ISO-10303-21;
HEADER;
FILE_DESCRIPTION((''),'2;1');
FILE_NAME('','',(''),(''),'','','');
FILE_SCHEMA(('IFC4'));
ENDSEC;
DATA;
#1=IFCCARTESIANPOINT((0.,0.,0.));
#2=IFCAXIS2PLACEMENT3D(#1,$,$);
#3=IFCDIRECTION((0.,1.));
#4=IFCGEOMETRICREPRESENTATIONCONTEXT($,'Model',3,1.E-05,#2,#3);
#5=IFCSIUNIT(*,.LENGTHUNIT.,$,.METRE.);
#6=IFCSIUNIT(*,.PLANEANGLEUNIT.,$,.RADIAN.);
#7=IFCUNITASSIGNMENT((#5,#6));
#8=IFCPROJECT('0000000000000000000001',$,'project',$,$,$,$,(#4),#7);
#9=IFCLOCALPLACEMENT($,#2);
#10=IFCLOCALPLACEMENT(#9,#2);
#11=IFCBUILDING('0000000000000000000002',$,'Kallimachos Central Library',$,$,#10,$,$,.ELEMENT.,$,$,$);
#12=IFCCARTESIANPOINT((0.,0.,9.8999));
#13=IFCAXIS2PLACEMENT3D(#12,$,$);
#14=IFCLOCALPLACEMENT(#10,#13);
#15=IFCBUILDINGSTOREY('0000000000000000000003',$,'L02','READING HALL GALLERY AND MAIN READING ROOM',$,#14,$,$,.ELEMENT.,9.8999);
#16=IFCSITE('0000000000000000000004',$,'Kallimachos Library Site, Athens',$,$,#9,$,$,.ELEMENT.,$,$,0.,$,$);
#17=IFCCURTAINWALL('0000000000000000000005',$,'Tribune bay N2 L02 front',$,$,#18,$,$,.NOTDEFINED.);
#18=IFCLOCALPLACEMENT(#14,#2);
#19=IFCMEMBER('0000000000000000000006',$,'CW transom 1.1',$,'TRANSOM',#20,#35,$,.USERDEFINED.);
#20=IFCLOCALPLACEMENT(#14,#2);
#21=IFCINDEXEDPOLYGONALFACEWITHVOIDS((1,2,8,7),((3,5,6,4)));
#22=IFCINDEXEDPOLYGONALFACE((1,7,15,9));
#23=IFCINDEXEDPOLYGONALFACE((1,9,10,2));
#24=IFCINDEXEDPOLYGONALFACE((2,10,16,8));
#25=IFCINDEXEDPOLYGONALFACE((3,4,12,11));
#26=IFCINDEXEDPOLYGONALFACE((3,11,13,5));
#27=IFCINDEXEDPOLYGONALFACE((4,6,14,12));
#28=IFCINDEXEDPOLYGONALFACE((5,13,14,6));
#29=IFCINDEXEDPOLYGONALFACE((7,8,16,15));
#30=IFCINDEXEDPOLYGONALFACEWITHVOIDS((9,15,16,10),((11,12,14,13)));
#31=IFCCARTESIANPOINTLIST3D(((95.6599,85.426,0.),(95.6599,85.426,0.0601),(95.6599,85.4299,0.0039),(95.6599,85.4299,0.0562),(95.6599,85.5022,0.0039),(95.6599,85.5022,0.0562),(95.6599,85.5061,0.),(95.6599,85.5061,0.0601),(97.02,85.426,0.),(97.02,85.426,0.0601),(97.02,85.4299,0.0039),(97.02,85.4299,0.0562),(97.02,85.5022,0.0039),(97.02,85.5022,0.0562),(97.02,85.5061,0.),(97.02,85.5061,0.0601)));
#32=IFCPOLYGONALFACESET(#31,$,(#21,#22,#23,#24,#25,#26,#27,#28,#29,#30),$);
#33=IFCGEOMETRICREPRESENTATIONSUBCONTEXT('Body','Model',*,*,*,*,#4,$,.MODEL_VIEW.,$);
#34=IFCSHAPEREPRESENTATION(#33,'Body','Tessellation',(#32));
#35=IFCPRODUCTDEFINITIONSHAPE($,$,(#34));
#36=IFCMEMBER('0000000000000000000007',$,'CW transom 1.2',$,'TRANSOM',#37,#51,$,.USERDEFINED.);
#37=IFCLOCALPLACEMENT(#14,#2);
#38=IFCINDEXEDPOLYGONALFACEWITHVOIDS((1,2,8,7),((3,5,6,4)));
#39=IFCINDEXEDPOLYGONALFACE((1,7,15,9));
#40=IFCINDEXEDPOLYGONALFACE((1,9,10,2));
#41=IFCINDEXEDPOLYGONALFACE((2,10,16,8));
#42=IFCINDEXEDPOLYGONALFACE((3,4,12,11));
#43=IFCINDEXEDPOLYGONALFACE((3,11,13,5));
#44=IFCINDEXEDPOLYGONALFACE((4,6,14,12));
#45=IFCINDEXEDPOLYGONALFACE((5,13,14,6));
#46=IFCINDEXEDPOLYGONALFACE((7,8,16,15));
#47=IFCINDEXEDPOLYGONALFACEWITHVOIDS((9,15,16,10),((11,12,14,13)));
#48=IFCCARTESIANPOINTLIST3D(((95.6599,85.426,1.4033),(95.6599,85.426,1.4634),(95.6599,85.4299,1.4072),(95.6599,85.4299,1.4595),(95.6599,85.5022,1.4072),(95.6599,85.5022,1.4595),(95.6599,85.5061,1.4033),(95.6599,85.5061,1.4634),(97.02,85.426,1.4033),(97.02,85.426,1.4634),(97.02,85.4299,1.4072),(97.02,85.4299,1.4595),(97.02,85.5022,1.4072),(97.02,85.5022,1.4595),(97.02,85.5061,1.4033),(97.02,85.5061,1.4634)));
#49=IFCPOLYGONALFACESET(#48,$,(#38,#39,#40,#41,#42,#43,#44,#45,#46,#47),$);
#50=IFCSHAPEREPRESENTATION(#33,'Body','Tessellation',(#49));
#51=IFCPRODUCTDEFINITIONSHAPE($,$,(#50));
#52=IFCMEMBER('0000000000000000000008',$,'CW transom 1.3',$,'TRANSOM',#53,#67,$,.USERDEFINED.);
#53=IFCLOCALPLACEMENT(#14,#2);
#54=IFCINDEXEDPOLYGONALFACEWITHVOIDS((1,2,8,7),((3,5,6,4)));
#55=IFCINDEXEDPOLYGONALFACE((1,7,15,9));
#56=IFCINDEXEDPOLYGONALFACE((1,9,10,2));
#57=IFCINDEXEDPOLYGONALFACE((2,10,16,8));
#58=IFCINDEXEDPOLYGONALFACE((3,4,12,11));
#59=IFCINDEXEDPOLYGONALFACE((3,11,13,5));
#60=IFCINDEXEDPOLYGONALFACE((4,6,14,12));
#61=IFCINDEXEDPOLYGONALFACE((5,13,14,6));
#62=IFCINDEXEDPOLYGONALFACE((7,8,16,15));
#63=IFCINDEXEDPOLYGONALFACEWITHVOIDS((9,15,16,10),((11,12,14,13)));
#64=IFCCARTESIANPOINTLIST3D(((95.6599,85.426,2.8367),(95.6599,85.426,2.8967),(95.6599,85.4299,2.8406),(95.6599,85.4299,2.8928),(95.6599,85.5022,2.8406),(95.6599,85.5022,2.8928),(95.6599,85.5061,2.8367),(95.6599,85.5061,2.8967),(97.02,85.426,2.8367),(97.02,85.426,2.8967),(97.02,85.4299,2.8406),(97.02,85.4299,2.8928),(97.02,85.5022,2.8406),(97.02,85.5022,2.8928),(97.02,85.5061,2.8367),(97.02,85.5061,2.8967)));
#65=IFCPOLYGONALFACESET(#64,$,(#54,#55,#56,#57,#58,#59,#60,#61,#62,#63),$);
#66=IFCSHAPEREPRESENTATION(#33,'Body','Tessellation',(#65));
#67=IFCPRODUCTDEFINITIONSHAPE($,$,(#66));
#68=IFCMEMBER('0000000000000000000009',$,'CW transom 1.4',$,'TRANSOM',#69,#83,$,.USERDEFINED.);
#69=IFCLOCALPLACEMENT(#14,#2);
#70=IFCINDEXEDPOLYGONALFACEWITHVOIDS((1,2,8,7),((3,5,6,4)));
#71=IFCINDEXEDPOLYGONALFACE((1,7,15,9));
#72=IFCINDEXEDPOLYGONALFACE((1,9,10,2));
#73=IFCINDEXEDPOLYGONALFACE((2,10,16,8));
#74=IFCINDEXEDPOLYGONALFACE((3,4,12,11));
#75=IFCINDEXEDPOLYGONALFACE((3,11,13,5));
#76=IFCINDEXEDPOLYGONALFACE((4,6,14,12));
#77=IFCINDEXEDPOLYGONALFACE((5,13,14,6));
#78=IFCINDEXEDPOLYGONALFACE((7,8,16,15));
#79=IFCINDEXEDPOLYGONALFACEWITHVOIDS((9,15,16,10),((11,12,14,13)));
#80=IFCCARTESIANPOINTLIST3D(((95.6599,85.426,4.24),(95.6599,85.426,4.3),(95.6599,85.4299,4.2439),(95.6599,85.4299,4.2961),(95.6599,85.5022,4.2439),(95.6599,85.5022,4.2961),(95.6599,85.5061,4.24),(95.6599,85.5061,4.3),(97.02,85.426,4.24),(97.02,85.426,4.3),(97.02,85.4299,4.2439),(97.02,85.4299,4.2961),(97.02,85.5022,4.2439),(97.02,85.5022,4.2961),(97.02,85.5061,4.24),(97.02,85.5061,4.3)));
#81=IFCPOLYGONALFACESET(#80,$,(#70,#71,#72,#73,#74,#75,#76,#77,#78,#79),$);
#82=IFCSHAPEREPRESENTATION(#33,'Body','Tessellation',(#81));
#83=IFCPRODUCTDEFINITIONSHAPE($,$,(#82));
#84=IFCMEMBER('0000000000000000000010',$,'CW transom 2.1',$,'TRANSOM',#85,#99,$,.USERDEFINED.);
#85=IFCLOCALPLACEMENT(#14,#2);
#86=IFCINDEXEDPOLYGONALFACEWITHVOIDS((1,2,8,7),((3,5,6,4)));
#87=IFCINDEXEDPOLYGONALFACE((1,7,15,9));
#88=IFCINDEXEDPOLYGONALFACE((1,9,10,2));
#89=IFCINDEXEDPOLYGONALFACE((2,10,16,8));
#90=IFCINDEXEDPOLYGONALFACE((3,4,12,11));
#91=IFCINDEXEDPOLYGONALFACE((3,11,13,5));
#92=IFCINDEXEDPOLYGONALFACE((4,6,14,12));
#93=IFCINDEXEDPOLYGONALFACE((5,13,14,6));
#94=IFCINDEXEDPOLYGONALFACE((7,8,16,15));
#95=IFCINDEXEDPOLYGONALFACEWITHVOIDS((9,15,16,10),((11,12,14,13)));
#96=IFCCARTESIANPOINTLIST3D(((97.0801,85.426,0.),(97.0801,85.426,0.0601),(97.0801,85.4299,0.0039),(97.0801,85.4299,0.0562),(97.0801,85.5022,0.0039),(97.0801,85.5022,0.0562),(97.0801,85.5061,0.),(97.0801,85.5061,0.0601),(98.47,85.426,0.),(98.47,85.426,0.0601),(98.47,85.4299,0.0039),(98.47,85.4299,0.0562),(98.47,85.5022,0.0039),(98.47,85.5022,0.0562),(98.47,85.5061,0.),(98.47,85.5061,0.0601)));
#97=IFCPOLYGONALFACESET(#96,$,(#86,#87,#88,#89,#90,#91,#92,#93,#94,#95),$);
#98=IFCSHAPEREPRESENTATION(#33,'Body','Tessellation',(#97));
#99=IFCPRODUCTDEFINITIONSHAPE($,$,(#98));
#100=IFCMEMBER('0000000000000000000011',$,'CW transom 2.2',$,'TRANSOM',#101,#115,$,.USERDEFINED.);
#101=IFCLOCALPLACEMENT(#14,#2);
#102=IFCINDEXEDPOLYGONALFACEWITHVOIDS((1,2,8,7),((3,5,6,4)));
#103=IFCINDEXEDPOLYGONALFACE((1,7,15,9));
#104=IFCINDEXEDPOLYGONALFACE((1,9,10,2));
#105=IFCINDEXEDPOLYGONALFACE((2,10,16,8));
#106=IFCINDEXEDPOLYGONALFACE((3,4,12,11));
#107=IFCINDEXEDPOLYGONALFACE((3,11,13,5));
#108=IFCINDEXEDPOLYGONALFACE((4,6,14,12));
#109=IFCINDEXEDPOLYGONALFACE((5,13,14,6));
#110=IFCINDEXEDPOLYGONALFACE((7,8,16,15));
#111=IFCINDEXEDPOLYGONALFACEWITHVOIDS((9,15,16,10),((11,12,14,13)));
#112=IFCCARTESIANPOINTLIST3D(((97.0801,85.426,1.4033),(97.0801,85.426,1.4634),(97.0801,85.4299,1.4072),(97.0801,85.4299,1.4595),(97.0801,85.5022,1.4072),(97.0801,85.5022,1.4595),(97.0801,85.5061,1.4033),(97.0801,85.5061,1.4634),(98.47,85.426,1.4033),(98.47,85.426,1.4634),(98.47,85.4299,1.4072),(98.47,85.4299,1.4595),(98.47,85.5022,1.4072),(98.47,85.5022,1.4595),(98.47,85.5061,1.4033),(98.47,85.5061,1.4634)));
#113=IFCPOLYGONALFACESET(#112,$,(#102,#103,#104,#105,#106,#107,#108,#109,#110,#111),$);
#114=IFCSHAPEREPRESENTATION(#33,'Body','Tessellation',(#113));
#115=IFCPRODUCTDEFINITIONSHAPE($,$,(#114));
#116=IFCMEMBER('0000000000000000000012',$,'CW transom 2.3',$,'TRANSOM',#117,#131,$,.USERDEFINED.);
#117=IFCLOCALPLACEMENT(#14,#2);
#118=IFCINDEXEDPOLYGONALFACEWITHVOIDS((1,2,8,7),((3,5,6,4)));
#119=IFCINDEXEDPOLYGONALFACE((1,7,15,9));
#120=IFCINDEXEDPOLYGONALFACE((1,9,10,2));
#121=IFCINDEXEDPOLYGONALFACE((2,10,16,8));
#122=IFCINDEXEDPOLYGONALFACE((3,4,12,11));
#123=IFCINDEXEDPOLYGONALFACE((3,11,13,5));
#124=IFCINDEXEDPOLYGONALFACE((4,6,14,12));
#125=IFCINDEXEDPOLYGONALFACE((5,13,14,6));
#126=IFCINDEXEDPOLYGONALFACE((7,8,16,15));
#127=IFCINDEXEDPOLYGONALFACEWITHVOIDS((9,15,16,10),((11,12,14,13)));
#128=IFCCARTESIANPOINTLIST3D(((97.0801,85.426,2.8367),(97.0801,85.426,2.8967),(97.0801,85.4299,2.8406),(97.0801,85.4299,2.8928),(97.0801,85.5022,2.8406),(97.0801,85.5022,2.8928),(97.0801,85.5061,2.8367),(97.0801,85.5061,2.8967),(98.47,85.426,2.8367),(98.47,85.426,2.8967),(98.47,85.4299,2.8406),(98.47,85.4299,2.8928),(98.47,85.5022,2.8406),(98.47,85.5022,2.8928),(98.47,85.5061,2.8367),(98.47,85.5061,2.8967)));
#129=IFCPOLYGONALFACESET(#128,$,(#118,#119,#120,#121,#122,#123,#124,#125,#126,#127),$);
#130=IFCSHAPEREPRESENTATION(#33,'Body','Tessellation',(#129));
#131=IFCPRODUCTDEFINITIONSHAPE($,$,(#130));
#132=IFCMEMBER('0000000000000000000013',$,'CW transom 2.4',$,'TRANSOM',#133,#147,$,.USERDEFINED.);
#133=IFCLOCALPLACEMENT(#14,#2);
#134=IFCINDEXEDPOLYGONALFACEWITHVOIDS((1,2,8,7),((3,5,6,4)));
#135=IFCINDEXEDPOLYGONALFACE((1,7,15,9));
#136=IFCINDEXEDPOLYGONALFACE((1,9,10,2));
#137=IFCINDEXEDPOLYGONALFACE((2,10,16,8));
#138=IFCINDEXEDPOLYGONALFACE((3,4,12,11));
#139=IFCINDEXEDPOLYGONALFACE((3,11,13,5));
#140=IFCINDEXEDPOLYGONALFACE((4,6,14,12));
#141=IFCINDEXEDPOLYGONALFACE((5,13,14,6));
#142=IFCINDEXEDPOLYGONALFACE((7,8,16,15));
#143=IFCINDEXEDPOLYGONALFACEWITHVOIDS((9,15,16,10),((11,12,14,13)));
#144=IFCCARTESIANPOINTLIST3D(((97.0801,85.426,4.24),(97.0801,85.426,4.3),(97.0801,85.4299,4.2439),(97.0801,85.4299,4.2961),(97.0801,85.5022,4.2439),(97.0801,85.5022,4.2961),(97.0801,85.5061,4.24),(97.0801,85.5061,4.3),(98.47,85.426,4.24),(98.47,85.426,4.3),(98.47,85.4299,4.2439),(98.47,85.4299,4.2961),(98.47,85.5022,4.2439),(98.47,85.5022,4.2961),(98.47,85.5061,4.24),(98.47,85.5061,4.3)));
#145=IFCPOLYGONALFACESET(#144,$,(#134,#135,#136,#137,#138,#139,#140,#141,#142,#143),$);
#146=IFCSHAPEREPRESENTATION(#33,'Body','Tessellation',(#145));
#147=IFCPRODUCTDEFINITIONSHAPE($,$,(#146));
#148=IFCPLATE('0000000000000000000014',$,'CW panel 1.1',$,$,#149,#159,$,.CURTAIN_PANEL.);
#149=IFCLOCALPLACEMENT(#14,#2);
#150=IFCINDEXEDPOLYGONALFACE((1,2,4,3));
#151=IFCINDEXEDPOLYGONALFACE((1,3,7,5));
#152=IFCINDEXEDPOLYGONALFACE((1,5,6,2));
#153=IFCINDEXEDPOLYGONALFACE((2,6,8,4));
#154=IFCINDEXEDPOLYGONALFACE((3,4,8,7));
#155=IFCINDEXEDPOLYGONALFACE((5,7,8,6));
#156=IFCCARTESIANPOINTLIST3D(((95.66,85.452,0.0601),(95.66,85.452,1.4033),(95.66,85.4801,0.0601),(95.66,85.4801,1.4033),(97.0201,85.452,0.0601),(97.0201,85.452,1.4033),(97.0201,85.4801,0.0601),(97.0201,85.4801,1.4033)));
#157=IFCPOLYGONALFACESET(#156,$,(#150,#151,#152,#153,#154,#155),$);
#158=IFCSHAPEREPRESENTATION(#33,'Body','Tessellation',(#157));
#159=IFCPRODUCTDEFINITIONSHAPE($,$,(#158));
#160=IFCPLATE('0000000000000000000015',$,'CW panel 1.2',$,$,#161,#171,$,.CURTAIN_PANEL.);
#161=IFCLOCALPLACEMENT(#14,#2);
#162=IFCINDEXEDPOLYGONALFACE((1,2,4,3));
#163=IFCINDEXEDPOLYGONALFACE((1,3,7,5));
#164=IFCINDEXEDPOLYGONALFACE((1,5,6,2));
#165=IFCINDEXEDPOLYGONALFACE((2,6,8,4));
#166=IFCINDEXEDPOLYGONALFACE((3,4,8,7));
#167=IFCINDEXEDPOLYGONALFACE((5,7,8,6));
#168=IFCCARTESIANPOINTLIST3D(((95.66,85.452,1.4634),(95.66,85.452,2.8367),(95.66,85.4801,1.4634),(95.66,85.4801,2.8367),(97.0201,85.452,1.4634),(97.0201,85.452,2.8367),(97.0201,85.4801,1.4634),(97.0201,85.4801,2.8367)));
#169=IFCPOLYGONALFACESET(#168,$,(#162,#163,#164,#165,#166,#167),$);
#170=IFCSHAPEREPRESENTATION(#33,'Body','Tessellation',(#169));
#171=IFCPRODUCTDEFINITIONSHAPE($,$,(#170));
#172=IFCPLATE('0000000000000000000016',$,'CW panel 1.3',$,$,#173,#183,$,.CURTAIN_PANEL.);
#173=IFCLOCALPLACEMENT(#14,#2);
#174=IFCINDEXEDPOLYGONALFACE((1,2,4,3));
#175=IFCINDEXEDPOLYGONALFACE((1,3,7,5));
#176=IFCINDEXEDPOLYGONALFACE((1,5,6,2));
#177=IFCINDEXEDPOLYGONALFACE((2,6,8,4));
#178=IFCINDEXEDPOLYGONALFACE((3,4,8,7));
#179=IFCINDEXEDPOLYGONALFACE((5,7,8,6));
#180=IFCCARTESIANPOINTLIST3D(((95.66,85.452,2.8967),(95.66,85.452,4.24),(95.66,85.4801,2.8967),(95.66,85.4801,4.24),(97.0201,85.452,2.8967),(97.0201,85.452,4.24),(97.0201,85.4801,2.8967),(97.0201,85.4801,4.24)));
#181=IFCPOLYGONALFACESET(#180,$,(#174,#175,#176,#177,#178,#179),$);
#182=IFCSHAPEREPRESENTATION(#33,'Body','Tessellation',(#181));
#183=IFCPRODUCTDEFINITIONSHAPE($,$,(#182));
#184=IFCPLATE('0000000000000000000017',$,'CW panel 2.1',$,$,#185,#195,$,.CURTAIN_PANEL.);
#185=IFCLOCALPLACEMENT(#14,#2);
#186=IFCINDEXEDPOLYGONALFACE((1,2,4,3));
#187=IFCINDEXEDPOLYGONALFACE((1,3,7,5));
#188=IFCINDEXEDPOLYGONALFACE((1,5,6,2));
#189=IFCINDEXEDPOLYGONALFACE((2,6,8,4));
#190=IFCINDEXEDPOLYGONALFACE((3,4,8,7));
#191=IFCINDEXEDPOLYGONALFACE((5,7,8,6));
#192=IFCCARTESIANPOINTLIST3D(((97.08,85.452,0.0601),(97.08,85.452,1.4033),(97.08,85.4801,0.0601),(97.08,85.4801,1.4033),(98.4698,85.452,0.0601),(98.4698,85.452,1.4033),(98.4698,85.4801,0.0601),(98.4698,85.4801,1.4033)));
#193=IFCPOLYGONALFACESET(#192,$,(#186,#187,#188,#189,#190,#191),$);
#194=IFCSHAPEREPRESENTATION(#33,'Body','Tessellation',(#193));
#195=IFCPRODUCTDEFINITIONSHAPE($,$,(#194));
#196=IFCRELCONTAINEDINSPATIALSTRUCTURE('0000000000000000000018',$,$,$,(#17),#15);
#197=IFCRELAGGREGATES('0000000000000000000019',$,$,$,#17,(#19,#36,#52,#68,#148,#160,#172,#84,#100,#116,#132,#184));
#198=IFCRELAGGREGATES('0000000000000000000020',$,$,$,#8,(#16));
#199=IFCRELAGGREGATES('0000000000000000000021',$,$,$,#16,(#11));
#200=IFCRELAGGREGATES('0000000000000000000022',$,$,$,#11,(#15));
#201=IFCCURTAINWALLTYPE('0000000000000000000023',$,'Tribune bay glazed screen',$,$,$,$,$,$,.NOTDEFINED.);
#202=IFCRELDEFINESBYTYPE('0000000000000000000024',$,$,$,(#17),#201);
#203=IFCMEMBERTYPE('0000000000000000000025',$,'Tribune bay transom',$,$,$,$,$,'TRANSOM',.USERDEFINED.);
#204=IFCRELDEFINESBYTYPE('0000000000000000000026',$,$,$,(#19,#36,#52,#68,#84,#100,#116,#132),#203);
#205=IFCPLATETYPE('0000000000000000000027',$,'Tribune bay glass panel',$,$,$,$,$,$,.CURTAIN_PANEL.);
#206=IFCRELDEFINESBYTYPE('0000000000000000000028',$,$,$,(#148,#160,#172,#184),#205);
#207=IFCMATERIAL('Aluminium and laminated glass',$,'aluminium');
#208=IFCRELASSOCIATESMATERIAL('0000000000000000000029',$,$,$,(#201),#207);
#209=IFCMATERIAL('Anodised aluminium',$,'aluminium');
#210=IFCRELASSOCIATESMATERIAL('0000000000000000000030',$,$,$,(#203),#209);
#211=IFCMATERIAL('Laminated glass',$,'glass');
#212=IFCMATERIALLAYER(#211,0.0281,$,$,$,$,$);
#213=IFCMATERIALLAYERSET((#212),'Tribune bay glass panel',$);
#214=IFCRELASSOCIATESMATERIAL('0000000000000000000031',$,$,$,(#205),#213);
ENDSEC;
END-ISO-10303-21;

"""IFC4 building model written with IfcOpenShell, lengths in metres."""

from ifc_helpers import new_model, si_unit, direction, frame, origin, origin_2d, place, context, subcontext, project, spatial, rectangle, hollow_rectangle, extrude, material, layer, layer_set, material_profile, profile_set, type_object, element, aggregate, save


model = new_model("IFC4")

# Units and contexts
model_context = context("Model", 3, precision=1e-05, world=origin(), true_north=direction((0.0, 1.0)))
body_context = subcontext(model_context, "Body", "Model", "MODEL_VIEW")
ifc_project = project(units=[si_unit("LENGTHUNIT", "METRE"), si_unit("PLANEANGLEUNIT", "RADIAN")], contexts=[model_context])

# Site, building, storey
site_placement = place(None, origin())
site = spatial("IfcSite", under=ifc_project, at=site_placement, Name="Kallimachos Library Site, Athens", CompositionType="ELEMENT", RefElevation=0.0)
building_placement = place(site_placement, origin())
building = spatial("IfcBuilding", under=site, at=building_placement, Name="Kallimachos Central Library", CompositionType="ELEMENT")
storey_placement = place(building_placement, frame((0.0, 0.0, 9.8999)))
storey = spatial("IfcBuildingStorey", under=building, at=storey_placement, Name="L02", Description="READING HALL GALLERY AND MAIN READING ROOM", CompositionType="ELEMENT", Elevation=9.8999)

# Curtain wall
ifc_material_1 = material(Name="Aluminium and laminated glass", Category="aluminium")
curtain_wall_type = type_object("IfcCurtainWallType", Name="Tribune bay glazed screen", PredefinedType="NOTDEFINED", material=ifc_material_1)
curtain_wall_1_placement = place(storey_placement, origin())
curtain_wall_1 = element("IfcCurtainWall", 1, at=curtain_wall_1_placement, inside=storey, type_object=curtain_wall_type, Name="Tribune bay N2 L02 front", PredefinedType="NOTDEFINED")

# Members
ifc_material_2 = material(Name="Anodised aluminium", Category="aluminium")
ifc_material_profile_1 = material_profile(ifc_material_2, hollow_rectangle(XDim=0.0601, YDim=0.0801, WallThickness=0.0039, at=origin_2d()), Name="ALU TRANSOM 60x80")
ifc_profile_set_1 = profile_set([ifc_material_profile_1], Name="Anodised aluminium")
member_type_1 = type_object("IfcMemberType", Name="Tribune bay transom", ElementType="TRANSOM", PredefinedType="USERDEFINED", material=ifc_profile_set_1)
member_1_placement = place(storey_placement, frame((95.6599, 85.4661, 0.03), z_axis=(1.0, 0.0, 0.0), x_axis=(0.0, 0.0, 1.0)))
member_1 = element("IfcMember", 2, at=member_1_placement, type_object=member_type_1, Name="CW transom 1.1", ObjectType="TRANSOM", PredefinedType="USERDEFINED", context=body_context, shape_type="SweptSolid", body=[
    extrude(hollow_rectangle(XDim=0.0601, YDim=0.0801, WallThickness=0.0039, at=origin_2d()), origin(), (0.0, 0.0, 1.0), 1.3601),
])
member_2_placement = place(storey_placement, frame((95.6599, 85.4661, 1.4333), z_axis=(1.0, 0.0, 0.0), x_axis=(0.0, 0.0, 1.0)))
member_2 = element("IfcMember", 3, at=member_2_placement, type_object=member_type_1, Name="CW transom 1.2", ObjectType="TRANSOM", PredefinedType="USERDEFINED", context=body_context, shape_type="SweptSolid", body=[
    extrude(hollow_rectangle(XDim=0.0601, YDim=0.0801, WallThickness=0.0039, at=origin_2d()), origin(), (0.0, 0.0, 1.0), 1.3601),
])
member_3_placement = place(storey_placement, frame((95.6599, 85.4661, 2.8667), z_axis=(1.0, 0.0, 0.0), x_axis=(0.0, 0.0, 1.0)))
member_3 = element("IfcMember", 4, at=member_3_placement, type_object=member_type_1, Name="CW transom 1.3", ObjectType="TRANSOM", PredefinedType="USERDEFINED", context=body_context, shape_type="SweptSolid", body=[
    extrude(hollow_rectangle(XDim=0.0601, YDim=0.0801, WallThickness=0.0039, at=origin_2d()), origin(), (0.0, 0.0, 1.0), 1.3601),
])
member_4_placement = place(storey_placement, frame((95.6599, 85.4661, 4.27), z_axis=(1.0, 0.0, 0.0), x_axis=(0.0, 0.0, 1.0)))
member_4 = element("IfcMember", 5, at=member_4_placement, type_object=member_type_1, Name="CW transom 1.4", ObjectType="TRANSOM", PredefinedType="USERDEFINED", context=body_context, shape_type="SweptSolid", body=[
    extrude(hollow_rectangle(XDim=0.0601, YDim=0.0801, WallThickness=0.0039, at=origin_2d()), origin(), (0.0, 0.0, 1.0), 1.3601),
])
member_5_placement = place(storey_placement, frame((97.0801, 85.4661, 0.03), z_axis=(1.0, 0.0, 0.0), x_axis=(0.0, 0.0, 1.0)))
member_5 = element("IfcMember", 6, at=member_5_placement, type_object=member_type_1, Name="CW transom 2.1", ObjectType="TRANSOM", PredefinedType="USERDEFINED", context=body_context, shape_type="SweptSolid", body=[
    extrude(hollow_rectangle(XDim=0.0601, YDim=0.0801, WallThickness=0.0039, at=origin_2d()), origin(), (0.0, 0.0, 1.0), 1.3899),
])
member_6_placement = place(storey_placement, frame((97.0801, 85.4661, 1.4333), z_axis=(1.0, 0.0, 0.0), x_axis=(0.0, 0.0, 1.0)))
member_6 = element("IfcMember", 7, at=member_6_placement, type_object=member_type_1, Name="CW transom 2.2", ObjectType="TRANSOM", PredefinedType="USERDEFINED", context=body_context, shape_type="SweptSolid", body=[
    extrude(hollow_rectangle(XDim=0.0601, YDim=0.0801, WallThickness=0.0039, at=origin_2d()), origin(), (0.0, 0.0, 1.0), 1.3899),
])
member_7_placement = place(storey_placement, frame((97.0801, 85.4661, 2.8667), z_axis=(1.0, 0.0, 0.0), x_axis=(0.0, 0.0, 1.0)))
member_7 = element("IfcMember", 8, at=member_7_placement, type_object=member_type_1, Name="CW transom 2.3", ObjectType="TRANSOM", PredefinedType="USERDEFINED", context=body_context, shape_type="SweptSolid", body=[
    extrude(hollow_rectangle(XDim=0.0601, YDim=0.0801, WallThickness=0.0039, at=origin_2d()), origin(), (0.0, 0.0, 1.0), 1.3899),
])
member_8_placement = place(storey_placement, frame((97.0801, 85.4661, 4.27), z_axis=(1.0, 0.0, 0.0), x_axis=(0.0, 0.0, 1.0)))
member_8 = element("IfcMember", 9, at=member_8_placement, type_object=member_type_1, Name="CW transom 2.4", ObjectType="TRANSOM", PredefinedType="USERDEFINED", context=body_context, shape_type="SweptSolid", body=[
    extrude(hollow_rectangle(XDim=0.0601, YDim=0.0801, WallThickness=0.0039, at=origin_2d()), origin(), (0.0, 0.0, 1.0), 1.3899),
])

# Plates
ifc_material_3 = material(Name="Laminated glass", Category="glass")
ifc_layer_1 = layer(ifc_material_3, 0.0281)
ifc_layer_set_1 = layer_set([ifc_layer_1], Name="Tribune bay glass panel")
plate_type = type_object("IfcPlateType", Name="Tribune bay glass panel", PredefinedType="CURTAIN_PANEL", material=ifc_layer_set_1)
plate_1_placement = place(storey_placement, frame((96.3401, 85.4661, 0.0601), z_axis=(0.0, 0.0, 1.0), x_axis=(1.0, 0.0, 0.0)))
plate_1 = element("IfcPlate", 10, at=plate_1_placement, type_object=plate_type, Name="CW panel 1.1", PredefinedType="CURTAIN_PANEL", context=body_context, shape_type="SweptSolid", body=[
    extrude(rectangle(XDim=1.3601, YDim=0.0281, at=origin_2d()), origin(), (0.0, 0.0, 1.0), 1.3433),
])
plate_2_placement = place(storey_placement, frame((96.3401, 85.4661, 1.4634), z_axis=(0.0, 0.0, 1.0), x_axis=(1.0, 0.0, 0.0)))
plate_2 = element("IfcPlate", 11, at=plate_2_placement, type_object=plate_type, Name="CW panel 1.2", PredefinedType="CURTAIN_PANEL", context=body_context, shape_type="SweptSolid", body=[
    extrude(rectangle(XDim=1.3601, YDim=0.0281, at=origin_2d()), origin(), (0.0, 0.0, 1.0), 1.3733),
])
plate_3_placement = place(storey_placement, frame((96.3401, 85.4661, 2.8967), z_axis=(0.0, 0.0, 1.0), x_axis=(1.0, 0.0, 0.0)))
plate_3 = element("IfcPlate", 12, at=plate_3_placement, type_object=plate_type, Name="CW panel 1.3", PredefinedType="CURTAIN_PANEL", context=body_context, shape_type="SweptSolid", body=[
    extrude(rectangle(XDim=1.3601, YDim=0.0281, at=origin_2d()), origin(), (0.0, 0.0, 1.0), 1.3433),
])
plate_4_placement = place(storey_placement, frame((97.7749, 85.4661, 0.0601), z_axis=(0.0, 0.0, 1.0), x_axis=(1.0, 0.0, 0.0)))
plate_4 = element("IfcPlate", 13, at=plate_4_placement, type_object=plate_type, Name="CW panel 2.1", PredefinedType="CURTAIN_PANEL", context=body_context, shape_type="SweptSolid", body=[
    extrude(rectangle(XDim=1.3899, YDim=0.0281, at=origin_2d()), origin(), (0.0, 0.0, 1.0), 1.3433),
])
aggregate(curtain_wall_1, [member_1, member_2, member_3, member_4, plate_1, plate_2, plate_3, member_5, member_6, member_7, member_8, plate_4])

save(model, "model.ifc")
